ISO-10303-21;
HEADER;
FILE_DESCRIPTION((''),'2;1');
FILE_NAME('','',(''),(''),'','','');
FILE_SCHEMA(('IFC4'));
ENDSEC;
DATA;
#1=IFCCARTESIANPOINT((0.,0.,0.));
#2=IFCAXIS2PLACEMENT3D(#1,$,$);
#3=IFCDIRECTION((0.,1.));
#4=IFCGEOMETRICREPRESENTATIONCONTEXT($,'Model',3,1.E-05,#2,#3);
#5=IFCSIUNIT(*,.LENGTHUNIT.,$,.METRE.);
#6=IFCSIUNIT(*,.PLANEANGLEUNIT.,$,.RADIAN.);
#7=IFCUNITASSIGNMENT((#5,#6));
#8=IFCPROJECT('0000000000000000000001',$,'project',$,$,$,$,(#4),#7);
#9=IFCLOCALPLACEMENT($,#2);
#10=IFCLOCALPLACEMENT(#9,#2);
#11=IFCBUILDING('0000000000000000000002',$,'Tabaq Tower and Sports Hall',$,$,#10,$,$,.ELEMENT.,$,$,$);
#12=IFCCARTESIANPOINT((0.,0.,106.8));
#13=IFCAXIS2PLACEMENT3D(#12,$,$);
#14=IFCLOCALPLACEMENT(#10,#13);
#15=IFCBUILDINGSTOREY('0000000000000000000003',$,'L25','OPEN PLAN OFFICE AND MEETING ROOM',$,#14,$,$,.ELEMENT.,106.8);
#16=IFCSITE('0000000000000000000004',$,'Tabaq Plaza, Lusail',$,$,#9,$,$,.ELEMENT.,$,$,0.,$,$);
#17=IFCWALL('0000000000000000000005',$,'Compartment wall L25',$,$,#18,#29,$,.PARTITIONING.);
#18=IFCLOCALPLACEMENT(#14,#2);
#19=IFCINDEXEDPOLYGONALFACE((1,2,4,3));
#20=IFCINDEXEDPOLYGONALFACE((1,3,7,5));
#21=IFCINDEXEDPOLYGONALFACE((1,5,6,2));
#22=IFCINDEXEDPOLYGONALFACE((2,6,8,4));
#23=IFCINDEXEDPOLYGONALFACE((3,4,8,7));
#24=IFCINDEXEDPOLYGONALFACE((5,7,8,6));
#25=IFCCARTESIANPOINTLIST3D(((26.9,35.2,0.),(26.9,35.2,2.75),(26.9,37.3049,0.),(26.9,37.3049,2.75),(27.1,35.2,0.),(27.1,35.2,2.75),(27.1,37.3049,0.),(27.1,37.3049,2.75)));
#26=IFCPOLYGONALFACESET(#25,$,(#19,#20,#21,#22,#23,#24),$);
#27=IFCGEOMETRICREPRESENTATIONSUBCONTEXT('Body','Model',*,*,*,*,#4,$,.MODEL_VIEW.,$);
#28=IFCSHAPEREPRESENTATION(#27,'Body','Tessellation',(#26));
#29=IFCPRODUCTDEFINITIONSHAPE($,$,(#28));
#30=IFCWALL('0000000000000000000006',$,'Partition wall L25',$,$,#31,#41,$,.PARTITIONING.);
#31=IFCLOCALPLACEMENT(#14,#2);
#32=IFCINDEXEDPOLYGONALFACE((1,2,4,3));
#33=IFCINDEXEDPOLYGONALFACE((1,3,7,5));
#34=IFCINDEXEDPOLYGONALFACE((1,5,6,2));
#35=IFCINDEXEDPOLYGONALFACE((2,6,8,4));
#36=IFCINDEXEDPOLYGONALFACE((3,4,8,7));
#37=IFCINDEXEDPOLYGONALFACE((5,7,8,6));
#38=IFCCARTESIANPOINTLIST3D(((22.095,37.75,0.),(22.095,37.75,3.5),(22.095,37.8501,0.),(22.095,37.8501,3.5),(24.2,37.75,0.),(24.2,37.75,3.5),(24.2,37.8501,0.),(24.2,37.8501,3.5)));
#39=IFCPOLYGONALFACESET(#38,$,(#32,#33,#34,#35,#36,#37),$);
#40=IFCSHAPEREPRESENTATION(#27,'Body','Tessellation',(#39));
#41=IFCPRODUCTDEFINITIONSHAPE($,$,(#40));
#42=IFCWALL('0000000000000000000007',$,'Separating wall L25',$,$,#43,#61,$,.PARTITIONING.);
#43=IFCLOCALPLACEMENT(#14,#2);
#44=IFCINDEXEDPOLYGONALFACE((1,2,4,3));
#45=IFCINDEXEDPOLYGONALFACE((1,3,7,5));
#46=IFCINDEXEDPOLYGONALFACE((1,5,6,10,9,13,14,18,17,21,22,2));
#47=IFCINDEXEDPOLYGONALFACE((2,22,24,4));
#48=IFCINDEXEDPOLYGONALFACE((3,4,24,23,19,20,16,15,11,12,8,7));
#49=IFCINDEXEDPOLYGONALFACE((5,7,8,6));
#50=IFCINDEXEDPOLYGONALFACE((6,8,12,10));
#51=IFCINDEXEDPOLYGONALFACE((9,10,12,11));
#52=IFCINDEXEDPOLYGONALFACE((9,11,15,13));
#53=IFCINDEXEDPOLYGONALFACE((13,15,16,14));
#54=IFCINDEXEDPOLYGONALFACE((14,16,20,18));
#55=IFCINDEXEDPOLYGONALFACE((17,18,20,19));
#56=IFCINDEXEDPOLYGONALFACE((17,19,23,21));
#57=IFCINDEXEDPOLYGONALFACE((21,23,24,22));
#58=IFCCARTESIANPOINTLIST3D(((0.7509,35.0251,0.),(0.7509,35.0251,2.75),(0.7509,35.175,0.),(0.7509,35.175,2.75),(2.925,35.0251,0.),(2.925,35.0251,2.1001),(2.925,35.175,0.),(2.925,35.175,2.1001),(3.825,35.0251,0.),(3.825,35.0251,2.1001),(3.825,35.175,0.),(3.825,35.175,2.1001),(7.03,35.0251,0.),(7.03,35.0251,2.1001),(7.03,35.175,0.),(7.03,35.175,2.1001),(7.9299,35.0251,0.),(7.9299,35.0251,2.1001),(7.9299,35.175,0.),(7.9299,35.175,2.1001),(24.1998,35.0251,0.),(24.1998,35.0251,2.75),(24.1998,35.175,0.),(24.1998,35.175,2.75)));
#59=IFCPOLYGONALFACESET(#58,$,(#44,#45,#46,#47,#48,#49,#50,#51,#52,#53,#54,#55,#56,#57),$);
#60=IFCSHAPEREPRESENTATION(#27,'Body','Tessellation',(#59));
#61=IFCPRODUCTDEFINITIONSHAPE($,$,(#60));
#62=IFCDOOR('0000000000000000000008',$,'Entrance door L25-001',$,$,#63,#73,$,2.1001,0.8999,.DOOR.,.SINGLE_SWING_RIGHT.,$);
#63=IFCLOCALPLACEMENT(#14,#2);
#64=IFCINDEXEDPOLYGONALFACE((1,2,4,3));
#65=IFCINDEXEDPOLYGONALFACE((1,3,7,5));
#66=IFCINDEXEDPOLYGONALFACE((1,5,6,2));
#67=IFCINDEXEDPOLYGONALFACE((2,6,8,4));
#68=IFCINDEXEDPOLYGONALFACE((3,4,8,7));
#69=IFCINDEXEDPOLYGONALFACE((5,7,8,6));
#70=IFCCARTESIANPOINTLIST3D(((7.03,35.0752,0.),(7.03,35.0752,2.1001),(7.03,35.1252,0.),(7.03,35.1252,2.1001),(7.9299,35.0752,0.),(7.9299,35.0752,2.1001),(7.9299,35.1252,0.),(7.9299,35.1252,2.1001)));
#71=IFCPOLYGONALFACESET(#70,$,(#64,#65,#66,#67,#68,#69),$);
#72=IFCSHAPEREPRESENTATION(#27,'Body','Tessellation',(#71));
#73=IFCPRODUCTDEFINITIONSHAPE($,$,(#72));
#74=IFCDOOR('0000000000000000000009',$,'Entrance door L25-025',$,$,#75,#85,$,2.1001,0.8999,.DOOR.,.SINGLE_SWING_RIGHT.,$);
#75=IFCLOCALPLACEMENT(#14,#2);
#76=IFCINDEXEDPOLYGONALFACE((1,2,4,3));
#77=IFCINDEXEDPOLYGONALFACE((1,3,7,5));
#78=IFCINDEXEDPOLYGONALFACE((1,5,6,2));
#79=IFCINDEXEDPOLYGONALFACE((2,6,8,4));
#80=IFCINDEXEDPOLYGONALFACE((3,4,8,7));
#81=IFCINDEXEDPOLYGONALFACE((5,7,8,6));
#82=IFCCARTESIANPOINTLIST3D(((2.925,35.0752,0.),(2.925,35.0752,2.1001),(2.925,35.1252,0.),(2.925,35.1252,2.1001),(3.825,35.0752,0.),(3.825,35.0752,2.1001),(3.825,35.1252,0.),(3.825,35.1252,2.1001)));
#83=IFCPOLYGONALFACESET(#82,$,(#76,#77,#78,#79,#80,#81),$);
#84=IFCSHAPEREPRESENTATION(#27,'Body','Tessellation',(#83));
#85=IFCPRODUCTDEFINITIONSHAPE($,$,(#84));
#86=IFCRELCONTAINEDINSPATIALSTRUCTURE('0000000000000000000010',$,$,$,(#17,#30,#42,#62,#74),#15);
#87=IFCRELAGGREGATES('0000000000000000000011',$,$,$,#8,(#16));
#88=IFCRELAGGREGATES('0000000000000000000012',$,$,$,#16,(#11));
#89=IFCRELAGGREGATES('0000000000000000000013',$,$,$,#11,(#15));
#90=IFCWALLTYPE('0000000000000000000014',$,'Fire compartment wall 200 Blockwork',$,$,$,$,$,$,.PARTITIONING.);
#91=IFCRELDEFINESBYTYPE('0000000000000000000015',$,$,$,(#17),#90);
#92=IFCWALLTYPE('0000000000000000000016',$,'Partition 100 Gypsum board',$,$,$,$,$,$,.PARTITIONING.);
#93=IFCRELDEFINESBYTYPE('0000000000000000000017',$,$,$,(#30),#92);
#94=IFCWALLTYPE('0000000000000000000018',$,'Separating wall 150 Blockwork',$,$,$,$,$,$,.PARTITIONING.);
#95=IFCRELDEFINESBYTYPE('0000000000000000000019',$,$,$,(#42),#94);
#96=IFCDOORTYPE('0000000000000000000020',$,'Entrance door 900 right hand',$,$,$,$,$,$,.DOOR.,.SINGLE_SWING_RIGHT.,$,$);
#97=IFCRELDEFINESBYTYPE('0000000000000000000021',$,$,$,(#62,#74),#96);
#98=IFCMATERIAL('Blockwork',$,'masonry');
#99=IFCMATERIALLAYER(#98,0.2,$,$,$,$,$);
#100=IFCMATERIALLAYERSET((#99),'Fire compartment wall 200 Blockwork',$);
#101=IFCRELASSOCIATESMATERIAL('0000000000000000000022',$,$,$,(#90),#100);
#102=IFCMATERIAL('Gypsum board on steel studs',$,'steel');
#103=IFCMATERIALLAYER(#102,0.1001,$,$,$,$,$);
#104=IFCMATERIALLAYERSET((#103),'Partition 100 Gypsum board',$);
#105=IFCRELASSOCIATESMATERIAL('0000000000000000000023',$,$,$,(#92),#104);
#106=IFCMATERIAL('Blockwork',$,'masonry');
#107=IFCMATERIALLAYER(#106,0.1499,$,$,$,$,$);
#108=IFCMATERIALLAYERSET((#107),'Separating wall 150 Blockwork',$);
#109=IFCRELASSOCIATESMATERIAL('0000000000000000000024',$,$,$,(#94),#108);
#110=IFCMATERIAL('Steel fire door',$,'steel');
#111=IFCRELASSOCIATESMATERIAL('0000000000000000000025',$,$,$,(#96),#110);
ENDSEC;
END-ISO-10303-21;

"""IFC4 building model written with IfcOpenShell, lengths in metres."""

from ifc_helpers import new_model, si_unit, direction, frame, frame_2d, origin, place, context, subcontext, project, spatial, rectangle, extrude, material, layer, layer_set, type_object, element, fill, save


model = new_model("IFC4")

# Units and contexts
model_context = context("Model", 3, precision=1e-05, world=origin(), true_north=direction((0.0, 1.0)))
body_context = subcontext(model_context, "Body", "Model", "MODEL_VIEW")
ifc_project = project(units=[si_unit("LENGTHUNIT", "METRE"), si_unit("PLANEANGLEUNIT", "RADIAN")], contexts=[model_context])

# Site, building, storey
site_placement = place(None, origin())
site = spatial("IfcSite", under=ifc_project, at=site_placement, Name="Tabaq Plaza, Lusail", CompositionType="ELEMENT", RefElevation=0.0)
building_placement = place(site_placement, origin())
building = spatial("IfcBuilding", under=site, at=building_placement, Name="Tabaq Tower and Sports Hall", CompositionType="ELEMENT")
storey_placement = place(building_placement, frame((0.0, 0.0, 106.8)))
storey = spatial("IfcBuildingStorey", under=building, at=storey_placement, Name="L25", Description="OPEN PLAN OFFICE AND MEETING ROOM", CompositionType="ELEMENT", Elevation=106.8)

# Shared definitions
ifc_material_1 = material(Name="Blockwork", Category="masonry")
ifc_layer_1 = layer(ifc_material_1, 0.2)
ifc_layer_set_1 = layer_set([ifc_layer_1], Name="Fire compartment wall 200 Blockwork")
wall_type_1 = type_object("IfcWallType", Name="Fire compartment wall 200 Blockwork", PredefinedType="PARTITIONING", material=ifc_layer_set_1)

# Walls
wall_1_placement = place(storey_placement, frame((27.0, 35.2, 0.0), z_axis=(0.0, 0.0, 1.0), x_axis=(0.0, 1.0, 0.0)))
element("IfcWall", 1, at=wall_1_placement, inside=storey, type_object=wall_type_1, Name="Compartment wall L25", PredefinedType="PARTITIONING", context=body_context, shape_type="SweptSolid", body=[
    extrude(rectangle(XDim=2.105, YDim=0.2, at=frame_2d((1.0525, 0.0))), origin(), (0.0, 0.0, 1.0), 2.75),
])
ifc_material_2 = material(Name="Gypsum board on steel studs", Category="steel")
ifc_layer_2 = layer(ifc_material_2, 0.1001)
ifc_layer_set_2 = layer_set([ifc_layer_2], Name="Partition 100 Gypsum board")
wall_type_2 = type_object("IfcWallType", Name="Partition 100 Gypsum board", PredefinedType="PARTITIONING", material=ifc_layer_set_2)
wall_2_placement = place(storey_placement, frame((24.2, 37.8, 0.0), z_axis=(0.0, 0.0, 1.0), x_axis=(-1.0, 0.0, 0.0)))
element("IfcWall", 2, at=wall_2_placement, inside=storey, type_object=wall_type_2, Name="Partition wall L25", PredefinedType="PARTITIONING", context=body_context, shape_type="SweptSolid", body=[
    extrude(rectangle(XDim=2.105, YDim=0.1001, at=frame_2d((1.0525, 0.0))), origin(), (0.0, 0.0, 1.0), 3.5),
])

# Wall, openings, doors
ifc_material_3 = material(Name="Blockwork", Category="masonry")
ifc_layer_3 = layer(ifc_material_3, 0.1499)
ifc_layer_set_3 = layer_set([ifc_layer_3], Name="Separating wall 150 Blockwork")
wall_type_3 = type_object("IfcWallType", Name="Separating wall 150 Blockwork", PredefinedType="PARTITIONING", material=ifc_layer_set_3)
wall_3_placement = place(storey_placement, frame((24.2, 35.1001, 0.0), z_axis=(0.0, 0.0, 1.0), x_axis=(-1.0, 0.0, 0.0)))
wall_3 = element("IfcWall", 3, at=wall_3_placement, inside=storey, type_object=wall_type_3, Name="Separating wall L25", PredefinedType="PARTITIONING", context=body_context, shape_type="SweptSolid", body=[
    extrude(rectangle(XDim=23.449, YDim=0.1499, at=frame_2d((11.7246, 0.0))), origin(), (0.0, 0.0, 1.0), 2.75),
])
opening_1_placement = place(wall_3_placement, frame((16.27, 0.0, 0.0)))
opening_1 = element("IfcOpeningElement", 4, at=opening_1_placement, cuts=wall_3, PredefinedType="OPENING", context=body_context, shape_type="SweptSolid", body=[
    extrude(rectangle(XDim=0.8999, YDim=2.1001, at=frame_2d((0.45, 1.05))), frame((0.0, 0.075, 0.0), z_axis=(0.0, -1.0, 0.0), x_axis=(1.0, 0.0, 0.0)), (0.0, 0.0, 1.0), 0.1499),
])
opening_2_placement = place(wall_3_placement, frame((20.375, 0.0, 0.0)))
opening_2 = element("IfcOpeningElement", 5, at=opening_2_placement, cuts=wall_3, PredefinedType="OPENING", context=body_context, shape_type="SweptSolid", body=[
    extrude(rectangle(XDim=0.8999, YDim=2.1001, at=frame_2d((0.45, 1.05))), frame((0.0, 0.075, 0.0), z_axis=(0.0, -1.0, 0.0), x_axis=(1.0, 0.0, 0.0)), (0.0, 0.0, 1.0), 0.1499),
])
ifc_material_4 = material(Name="Steel fire door", Category="steel")
door_type_1 = type_object("IfcDoorType", Name="Entrance door 900 right hand", OperationType="SINGLE_SWING_RIGHT", PredefinedType="DOOR", material=ifc_material_4)
door_1_placement = place(opening_1_placement, origin())
door_1 = element("IfcDoor", 6, at=door_1_placement, inside=storey, type_object=door_type_1, Name="Entrance door L25-001", OperationType="SINGLE_SWING_RIGHT", OverallHeight=2.1001, OverallWidth=0.8999, PredefinedType="DOOR", context=body_context, shape_type="SweptSolid", body=[
    extrude(rectangle(XDim=0.8999, YDim=2.1001, at=frame_2d((0.45, 1.05))), frame((0.0, 0.0249, 0.0), z_axis=(0.0, -1.0, 0.0), x_axis=(1.0, 0.0, 0.0)), (0.0, 0.0, 1.0), 0.05),
])
fill(opening_1, door_1)
door_2_placement = place(opening_2_placement, origin())
door_2 = element("IfcDoor", 7, at=door_2_placement, inside=storey, type_object=door_type_1, Name="Entrance door L25-025", OperationType="SINGLE_SWING_RIGHT", OverallHeight=2.1001, OverallWidth=0.8999, PredefinedType="DOOR", context=body_context, shape_type="SweptSolid", body=[
    extrude(rectangle(XDim=0.8999, YDim=2.1001, at=frame_2d((0.45, 1.05))), frame((0.0, 0.0249, 0.0), z_axis=(0.0, -1.0, 0.0), x_axis=(1.0, 0.0, 0.0)), (0.0, 0.0, 1.0), 0.05),
])
fill(opening_2, door_2)

save(model, "model.ifc")
